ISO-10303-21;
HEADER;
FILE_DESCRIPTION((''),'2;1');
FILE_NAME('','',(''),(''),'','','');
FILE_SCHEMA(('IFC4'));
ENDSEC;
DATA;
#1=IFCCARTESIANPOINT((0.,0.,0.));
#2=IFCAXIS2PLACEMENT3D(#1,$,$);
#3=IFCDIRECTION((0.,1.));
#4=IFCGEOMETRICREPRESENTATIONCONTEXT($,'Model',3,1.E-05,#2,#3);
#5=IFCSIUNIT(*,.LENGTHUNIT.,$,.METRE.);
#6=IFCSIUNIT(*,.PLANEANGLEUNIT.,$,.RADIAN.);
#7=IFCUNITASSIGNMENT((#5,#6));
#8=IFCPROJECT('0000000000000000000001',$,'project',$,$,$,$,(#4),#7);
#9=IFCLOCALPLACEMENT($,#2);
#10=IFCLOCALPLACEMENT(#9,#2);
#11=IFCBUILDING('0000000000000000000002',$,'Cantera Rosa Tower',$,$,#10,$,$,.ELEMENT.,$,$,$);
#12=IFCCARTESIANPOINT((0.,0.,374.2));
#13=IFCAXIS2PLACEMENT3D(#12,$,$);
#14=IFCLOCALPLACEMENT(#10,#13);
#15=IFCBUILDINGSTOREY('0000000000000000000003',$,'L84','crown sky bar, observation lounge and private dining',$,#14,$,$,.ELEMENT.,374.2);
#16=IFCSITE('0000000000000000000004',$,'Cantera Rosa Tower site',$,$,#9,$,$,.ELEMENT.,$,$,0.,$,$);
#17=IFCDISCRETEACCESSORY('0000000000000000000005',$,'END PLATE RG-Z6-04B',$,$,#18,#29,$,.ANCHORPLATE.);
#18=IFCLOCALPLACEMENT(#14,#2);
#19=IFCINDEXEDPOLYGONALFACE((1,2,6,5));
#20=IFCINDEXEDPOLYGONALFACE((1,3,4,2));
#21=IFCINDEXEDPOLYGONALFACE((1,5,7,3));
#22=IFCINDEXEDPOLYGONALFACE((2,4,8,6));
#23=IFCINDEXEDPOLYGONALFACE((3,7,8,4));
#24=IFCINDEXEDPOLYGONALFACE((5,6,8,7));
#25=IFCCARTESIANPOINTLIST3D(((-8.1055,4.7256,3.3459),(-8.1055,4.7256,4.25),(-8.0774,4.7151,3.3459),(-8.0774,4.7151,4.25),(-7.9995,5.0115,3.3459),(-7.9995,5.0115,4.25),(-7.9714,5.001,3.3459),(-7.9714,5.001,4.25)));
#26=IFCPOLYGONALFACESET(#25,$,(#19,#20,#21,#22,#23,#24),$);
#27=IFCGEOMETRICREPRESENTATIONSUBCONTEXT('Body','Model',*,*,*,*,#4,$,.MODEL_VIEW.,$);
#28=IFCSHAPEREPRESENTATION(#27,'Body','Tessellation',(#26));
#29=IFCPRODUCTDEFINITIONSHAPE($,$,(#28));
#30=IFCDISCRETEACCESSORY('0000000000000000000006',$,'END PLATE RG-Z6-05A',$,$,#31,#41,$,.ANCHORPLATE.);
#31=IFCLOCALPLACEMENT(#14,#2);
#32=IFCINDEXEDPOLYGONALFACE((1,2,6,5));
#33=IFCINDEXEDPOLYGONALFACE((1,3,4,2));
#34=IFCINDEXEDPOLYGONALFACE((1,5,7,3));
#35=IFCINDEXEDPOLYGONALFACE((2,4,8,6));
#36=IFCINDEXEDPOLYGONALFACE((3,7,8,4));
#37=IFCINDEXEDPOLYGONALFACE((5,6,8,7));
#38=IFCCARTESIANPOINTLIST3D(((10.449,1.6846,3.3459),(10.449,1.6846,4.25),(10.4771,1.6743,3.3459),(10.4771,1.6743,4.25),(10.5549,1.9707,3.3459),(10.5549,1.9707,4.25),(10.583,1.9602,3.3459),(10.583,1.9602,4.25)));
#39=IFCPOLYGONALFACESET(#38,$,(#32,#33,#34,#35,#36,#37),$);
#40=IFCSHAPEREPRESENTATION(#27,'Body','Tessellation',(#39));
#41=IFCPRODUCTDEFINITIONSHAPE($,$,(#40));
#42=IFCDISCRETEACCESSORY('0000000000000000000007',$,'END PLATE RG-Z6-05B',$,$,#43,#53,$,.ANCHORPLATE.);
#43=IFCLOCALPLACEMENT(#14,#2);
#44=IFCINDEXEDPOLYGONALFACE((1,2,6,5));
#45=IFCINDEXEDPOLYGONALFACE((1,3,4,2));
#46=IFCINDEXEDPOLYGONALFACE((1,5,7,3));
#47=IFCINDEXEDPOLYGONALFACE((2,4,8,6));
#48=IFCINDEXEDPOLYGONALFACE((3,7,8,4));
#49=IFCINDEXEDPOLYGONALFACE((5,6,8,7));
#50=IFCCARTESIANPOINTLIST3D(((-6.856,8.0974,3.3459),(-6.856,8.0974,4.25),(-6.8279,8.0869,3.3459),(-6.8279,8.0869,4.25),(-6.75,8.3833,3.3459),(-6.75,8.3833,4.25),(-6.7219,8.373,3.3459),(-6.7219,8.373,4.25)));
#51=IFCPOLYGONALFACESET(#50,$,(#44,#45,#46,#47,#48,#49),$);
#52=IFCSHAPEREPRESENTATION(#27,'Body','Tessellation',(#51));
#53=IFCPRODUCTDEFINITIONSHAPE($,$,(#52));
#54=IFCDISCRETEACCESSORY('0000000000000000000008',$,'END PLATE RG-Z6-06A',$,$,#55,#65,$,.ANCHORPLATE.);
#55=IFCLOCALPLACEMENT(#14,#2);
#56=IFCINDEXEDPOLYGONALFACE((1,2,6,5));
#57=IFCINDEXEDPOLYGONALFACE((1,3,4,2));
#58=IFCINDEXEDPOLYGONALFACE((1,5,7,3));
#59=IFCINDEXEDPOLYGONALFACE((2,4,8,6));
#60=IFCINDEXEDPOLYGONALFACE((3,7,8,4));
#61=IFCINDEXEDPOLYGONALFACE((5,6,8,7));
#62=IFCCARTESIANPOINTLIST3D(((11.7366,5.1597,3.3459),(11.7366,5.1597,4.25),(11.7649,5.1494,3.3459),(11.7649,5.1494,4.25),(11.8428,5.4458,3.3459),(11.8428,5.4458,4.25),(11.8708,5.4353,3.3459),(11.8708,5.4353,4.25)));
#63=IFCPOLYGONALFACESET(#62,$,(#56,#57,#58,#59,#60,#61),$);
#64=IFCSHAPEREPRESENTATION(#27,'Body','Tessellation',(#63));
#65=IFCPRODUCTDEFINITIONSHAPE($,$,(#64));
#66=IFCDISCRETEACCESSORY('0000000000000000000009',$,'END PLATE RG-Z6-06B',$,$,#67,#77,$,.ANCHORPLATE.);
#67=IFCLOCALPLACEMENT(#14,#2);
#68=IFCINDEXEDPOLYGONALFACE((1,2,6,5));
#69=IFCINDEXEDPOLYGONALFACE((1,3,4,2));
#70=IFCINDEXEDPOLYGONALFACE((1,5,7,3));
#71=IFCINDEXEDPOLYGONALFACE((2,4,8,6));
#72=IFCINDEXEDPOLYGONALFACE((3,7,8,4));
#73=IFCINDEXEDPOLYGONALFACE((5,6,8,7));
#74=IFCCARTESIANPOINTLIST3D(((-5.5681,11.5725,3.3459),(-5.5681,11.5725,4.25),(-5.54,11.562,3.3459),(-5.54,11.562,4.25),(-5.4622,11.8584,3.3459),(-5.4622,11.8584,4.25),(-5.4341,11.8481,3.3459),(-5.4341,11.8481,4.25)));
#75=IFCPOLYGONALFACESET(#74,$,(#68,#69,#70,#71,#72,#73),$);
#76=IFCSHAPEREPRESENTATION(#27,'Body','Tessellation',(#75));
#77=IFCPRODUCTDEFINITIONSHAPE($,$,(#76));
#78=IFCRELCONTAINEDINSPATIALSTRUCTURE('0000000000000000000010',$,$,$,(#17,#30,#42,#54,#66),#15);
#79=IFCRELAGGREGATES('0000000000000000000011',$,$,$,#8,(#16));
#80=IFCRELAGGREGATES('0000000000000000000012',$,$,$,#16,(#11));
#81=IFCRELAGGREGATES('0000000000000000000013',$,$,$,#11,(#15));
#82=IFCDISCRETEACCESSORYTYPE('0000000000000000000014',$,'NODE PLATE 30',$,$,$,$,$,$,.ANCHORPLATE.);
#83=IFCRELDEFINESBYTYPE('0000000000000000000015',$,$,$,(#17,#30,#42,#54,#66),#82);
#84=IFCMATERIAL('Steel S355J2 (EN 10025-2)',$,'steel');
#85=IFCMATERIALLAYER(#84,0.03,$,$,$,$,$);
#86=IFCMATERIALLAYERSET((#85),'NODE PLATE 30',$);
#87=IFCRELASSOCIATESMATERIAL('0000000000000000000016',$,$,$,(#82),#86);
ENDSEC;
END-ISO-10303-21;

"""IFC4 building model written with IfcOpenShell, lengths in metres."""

from ifc_helpers import new_model, si_unit, direction, frame, origin, place, context, subcontext, project, spatial, polyline, outline, extrude, material, layer, layer_set, type_object, element, save


model = new_model("IFC4")

# Units and contexts
model_context = context("Model", 3, precision=1e-05, world=origin(), true_north=direction((0.0, 1.0)))
body_context = subcontext(model_context, "Body", "Model", "MODEL_VIEW")
ifc_project = project(units=[si_unit("LENGTHUNIT", "METRE"), si_unit("PLANEANGLEUNIT", "RADIAN")], contexts=[model_context])

# Site, building, storey
site_placement = place(None, origin())
site = spatial("IfcSite", under=ifc_project, at=site_placement, Name="Cantera Rosa Tower site", CompositionType="ELEMENT", RefElevation=0.0)
building_placement = place(site_placement, origin())
building = spatial("IfcBuilding", under=site, at=building_placement, Name="Cantera Rosa Tower", CompositionType="ELEMENT")
storey_placement = place(building_placement, frame((0.0, 0.0, 374.2)))
storey = spatial("IfcBuildingStorey", under=building, at=storey_placement, Name="L84", Description="crown sky bar, observation lounge and private dining", CompositionType="ELEMENT", Elevation=374.2)

# Discrete accessories
ifc_material_1 = material(Name="Steel S355J2 (EN 10025-2)", Category="steel")
ifc_layer_1 = layer(ifc_material_1, 0.03)
ifc_layer_set_1 = layer_set([ifc_layer_1], Name="NODE PLATE 30")
discrete_accessory_type = type_object("IfcDiscreteAccessoryType", Name="NODE PLATE 30", PredefinedType="ANCHORPLATE", material=ifc_layer_set_1)
discrete_accessory_1_placement = place(storey_placement, frame((0.0, 0.0, 3.3459)))
element("IfcDiscreteAccessory", 1, at=discrete_accessory_1_placement, inside=storey, type_object=discrete_accessory_type, Name="END PLATE RG-Z6-04B", PredefinedType="ANCHORPLATE", context=body_context, shape_type="SweptSolid", body=[
    extrude(outline(polyline([(-8.0774, 4.7151), (-8.1055, 4.7256), (-7.9995, 5.0115), (-7.9714, 5.001), (-8.0774, 4.7151)])), origin(), (0.0, 0.0, 1.0), 0.9041),
])
discrete_accessory_2_placement = place(storey_placement, frame((0.0, 0.0, 3.3459)))
element("IfcDiscreteAccessory", 2, at=discrete_accessory_2_placement, inside=storey, type_object=discrete_accessory_type, Name="END PLATE RG-Z6-05A", PredefinedType="ANCHORPLATE", context=body_context, shape_type="SweptSolid", body=[
    extrude(outline(polyline([(10.449, 1.6846), (10.4771, 1.6743), (10.583, 1.9602), (10.5549, 1.9707), (10.449, 1.6846)])), origin(), (0.0, 0.0, 1.0), 0.9041),
])
discrete_accessory_3_placement = place(storey_placement, frame((0.0, 0.0, 3.3459)))
element("IfcDiscreteAccessory", 3, at=discrete_accessory_3_placement, inside=storey, type_object=discrete_accessory_type, Name="END PLATE RG-Z6-05B", PredefinedType="ANCHORPLATE", context=body_context, shape_type="SweptSolid", body=[
    extrude(outline(polyline([(-6.8279, 8.0869), (-6.856, 8.0974), (-6.75, 8.3833), (-6.7219, 8.373), (-6.8279, 8.0869)])), origin(), (0.0, 0.0, 1.0), 0.9041),
])
discrete_accessory_4_placement = place(storey_placement, frame((0.0, 0.0, 3.3459)))
element("IfcDiscreteAccessory", 4, at=discrete_accessory_4_placement, inside=storey, type_object=discrete_accessory_type, Name="END PLATE RG-Z6-06A", PredefinedType="ANCHORPLATE", context=body_context, shape_type="SweptSolid", body=[
    extrude(outline(polyline([(11.7366, 5.1597), (11.7649, 5.1494), (11.8708, 5.4353), (11.8428, 5.4458), (11.7366, 5.1597)])), origin(), (0.0, 0.0, 1.0), 0.9041),
])
discrete_accessory_5_placement = place(storey_placement, frame((0.0, 0.0, 3.3459)))
element("IfcDiscreteAccessory", 5, at=discrete_accessory_5_placement, inside=storey, type_object=discrete_accessory_type, Name="END PLATE RG-Z6-06B", PredefinedType="ANCHORPLATE", context=body_context, shape_type="SweptSolid", body=[
    extrude(outline(polyline([(-5.54, 11.562), (-5.5681, 11.5725), (-5.4622, 11.8584), (-5.4341, 11.8481), (-5.54, 11.562)])), origin(), (0.0, 0.0, 1.0), 0.9041),
])

save(model, "model.ifc")
